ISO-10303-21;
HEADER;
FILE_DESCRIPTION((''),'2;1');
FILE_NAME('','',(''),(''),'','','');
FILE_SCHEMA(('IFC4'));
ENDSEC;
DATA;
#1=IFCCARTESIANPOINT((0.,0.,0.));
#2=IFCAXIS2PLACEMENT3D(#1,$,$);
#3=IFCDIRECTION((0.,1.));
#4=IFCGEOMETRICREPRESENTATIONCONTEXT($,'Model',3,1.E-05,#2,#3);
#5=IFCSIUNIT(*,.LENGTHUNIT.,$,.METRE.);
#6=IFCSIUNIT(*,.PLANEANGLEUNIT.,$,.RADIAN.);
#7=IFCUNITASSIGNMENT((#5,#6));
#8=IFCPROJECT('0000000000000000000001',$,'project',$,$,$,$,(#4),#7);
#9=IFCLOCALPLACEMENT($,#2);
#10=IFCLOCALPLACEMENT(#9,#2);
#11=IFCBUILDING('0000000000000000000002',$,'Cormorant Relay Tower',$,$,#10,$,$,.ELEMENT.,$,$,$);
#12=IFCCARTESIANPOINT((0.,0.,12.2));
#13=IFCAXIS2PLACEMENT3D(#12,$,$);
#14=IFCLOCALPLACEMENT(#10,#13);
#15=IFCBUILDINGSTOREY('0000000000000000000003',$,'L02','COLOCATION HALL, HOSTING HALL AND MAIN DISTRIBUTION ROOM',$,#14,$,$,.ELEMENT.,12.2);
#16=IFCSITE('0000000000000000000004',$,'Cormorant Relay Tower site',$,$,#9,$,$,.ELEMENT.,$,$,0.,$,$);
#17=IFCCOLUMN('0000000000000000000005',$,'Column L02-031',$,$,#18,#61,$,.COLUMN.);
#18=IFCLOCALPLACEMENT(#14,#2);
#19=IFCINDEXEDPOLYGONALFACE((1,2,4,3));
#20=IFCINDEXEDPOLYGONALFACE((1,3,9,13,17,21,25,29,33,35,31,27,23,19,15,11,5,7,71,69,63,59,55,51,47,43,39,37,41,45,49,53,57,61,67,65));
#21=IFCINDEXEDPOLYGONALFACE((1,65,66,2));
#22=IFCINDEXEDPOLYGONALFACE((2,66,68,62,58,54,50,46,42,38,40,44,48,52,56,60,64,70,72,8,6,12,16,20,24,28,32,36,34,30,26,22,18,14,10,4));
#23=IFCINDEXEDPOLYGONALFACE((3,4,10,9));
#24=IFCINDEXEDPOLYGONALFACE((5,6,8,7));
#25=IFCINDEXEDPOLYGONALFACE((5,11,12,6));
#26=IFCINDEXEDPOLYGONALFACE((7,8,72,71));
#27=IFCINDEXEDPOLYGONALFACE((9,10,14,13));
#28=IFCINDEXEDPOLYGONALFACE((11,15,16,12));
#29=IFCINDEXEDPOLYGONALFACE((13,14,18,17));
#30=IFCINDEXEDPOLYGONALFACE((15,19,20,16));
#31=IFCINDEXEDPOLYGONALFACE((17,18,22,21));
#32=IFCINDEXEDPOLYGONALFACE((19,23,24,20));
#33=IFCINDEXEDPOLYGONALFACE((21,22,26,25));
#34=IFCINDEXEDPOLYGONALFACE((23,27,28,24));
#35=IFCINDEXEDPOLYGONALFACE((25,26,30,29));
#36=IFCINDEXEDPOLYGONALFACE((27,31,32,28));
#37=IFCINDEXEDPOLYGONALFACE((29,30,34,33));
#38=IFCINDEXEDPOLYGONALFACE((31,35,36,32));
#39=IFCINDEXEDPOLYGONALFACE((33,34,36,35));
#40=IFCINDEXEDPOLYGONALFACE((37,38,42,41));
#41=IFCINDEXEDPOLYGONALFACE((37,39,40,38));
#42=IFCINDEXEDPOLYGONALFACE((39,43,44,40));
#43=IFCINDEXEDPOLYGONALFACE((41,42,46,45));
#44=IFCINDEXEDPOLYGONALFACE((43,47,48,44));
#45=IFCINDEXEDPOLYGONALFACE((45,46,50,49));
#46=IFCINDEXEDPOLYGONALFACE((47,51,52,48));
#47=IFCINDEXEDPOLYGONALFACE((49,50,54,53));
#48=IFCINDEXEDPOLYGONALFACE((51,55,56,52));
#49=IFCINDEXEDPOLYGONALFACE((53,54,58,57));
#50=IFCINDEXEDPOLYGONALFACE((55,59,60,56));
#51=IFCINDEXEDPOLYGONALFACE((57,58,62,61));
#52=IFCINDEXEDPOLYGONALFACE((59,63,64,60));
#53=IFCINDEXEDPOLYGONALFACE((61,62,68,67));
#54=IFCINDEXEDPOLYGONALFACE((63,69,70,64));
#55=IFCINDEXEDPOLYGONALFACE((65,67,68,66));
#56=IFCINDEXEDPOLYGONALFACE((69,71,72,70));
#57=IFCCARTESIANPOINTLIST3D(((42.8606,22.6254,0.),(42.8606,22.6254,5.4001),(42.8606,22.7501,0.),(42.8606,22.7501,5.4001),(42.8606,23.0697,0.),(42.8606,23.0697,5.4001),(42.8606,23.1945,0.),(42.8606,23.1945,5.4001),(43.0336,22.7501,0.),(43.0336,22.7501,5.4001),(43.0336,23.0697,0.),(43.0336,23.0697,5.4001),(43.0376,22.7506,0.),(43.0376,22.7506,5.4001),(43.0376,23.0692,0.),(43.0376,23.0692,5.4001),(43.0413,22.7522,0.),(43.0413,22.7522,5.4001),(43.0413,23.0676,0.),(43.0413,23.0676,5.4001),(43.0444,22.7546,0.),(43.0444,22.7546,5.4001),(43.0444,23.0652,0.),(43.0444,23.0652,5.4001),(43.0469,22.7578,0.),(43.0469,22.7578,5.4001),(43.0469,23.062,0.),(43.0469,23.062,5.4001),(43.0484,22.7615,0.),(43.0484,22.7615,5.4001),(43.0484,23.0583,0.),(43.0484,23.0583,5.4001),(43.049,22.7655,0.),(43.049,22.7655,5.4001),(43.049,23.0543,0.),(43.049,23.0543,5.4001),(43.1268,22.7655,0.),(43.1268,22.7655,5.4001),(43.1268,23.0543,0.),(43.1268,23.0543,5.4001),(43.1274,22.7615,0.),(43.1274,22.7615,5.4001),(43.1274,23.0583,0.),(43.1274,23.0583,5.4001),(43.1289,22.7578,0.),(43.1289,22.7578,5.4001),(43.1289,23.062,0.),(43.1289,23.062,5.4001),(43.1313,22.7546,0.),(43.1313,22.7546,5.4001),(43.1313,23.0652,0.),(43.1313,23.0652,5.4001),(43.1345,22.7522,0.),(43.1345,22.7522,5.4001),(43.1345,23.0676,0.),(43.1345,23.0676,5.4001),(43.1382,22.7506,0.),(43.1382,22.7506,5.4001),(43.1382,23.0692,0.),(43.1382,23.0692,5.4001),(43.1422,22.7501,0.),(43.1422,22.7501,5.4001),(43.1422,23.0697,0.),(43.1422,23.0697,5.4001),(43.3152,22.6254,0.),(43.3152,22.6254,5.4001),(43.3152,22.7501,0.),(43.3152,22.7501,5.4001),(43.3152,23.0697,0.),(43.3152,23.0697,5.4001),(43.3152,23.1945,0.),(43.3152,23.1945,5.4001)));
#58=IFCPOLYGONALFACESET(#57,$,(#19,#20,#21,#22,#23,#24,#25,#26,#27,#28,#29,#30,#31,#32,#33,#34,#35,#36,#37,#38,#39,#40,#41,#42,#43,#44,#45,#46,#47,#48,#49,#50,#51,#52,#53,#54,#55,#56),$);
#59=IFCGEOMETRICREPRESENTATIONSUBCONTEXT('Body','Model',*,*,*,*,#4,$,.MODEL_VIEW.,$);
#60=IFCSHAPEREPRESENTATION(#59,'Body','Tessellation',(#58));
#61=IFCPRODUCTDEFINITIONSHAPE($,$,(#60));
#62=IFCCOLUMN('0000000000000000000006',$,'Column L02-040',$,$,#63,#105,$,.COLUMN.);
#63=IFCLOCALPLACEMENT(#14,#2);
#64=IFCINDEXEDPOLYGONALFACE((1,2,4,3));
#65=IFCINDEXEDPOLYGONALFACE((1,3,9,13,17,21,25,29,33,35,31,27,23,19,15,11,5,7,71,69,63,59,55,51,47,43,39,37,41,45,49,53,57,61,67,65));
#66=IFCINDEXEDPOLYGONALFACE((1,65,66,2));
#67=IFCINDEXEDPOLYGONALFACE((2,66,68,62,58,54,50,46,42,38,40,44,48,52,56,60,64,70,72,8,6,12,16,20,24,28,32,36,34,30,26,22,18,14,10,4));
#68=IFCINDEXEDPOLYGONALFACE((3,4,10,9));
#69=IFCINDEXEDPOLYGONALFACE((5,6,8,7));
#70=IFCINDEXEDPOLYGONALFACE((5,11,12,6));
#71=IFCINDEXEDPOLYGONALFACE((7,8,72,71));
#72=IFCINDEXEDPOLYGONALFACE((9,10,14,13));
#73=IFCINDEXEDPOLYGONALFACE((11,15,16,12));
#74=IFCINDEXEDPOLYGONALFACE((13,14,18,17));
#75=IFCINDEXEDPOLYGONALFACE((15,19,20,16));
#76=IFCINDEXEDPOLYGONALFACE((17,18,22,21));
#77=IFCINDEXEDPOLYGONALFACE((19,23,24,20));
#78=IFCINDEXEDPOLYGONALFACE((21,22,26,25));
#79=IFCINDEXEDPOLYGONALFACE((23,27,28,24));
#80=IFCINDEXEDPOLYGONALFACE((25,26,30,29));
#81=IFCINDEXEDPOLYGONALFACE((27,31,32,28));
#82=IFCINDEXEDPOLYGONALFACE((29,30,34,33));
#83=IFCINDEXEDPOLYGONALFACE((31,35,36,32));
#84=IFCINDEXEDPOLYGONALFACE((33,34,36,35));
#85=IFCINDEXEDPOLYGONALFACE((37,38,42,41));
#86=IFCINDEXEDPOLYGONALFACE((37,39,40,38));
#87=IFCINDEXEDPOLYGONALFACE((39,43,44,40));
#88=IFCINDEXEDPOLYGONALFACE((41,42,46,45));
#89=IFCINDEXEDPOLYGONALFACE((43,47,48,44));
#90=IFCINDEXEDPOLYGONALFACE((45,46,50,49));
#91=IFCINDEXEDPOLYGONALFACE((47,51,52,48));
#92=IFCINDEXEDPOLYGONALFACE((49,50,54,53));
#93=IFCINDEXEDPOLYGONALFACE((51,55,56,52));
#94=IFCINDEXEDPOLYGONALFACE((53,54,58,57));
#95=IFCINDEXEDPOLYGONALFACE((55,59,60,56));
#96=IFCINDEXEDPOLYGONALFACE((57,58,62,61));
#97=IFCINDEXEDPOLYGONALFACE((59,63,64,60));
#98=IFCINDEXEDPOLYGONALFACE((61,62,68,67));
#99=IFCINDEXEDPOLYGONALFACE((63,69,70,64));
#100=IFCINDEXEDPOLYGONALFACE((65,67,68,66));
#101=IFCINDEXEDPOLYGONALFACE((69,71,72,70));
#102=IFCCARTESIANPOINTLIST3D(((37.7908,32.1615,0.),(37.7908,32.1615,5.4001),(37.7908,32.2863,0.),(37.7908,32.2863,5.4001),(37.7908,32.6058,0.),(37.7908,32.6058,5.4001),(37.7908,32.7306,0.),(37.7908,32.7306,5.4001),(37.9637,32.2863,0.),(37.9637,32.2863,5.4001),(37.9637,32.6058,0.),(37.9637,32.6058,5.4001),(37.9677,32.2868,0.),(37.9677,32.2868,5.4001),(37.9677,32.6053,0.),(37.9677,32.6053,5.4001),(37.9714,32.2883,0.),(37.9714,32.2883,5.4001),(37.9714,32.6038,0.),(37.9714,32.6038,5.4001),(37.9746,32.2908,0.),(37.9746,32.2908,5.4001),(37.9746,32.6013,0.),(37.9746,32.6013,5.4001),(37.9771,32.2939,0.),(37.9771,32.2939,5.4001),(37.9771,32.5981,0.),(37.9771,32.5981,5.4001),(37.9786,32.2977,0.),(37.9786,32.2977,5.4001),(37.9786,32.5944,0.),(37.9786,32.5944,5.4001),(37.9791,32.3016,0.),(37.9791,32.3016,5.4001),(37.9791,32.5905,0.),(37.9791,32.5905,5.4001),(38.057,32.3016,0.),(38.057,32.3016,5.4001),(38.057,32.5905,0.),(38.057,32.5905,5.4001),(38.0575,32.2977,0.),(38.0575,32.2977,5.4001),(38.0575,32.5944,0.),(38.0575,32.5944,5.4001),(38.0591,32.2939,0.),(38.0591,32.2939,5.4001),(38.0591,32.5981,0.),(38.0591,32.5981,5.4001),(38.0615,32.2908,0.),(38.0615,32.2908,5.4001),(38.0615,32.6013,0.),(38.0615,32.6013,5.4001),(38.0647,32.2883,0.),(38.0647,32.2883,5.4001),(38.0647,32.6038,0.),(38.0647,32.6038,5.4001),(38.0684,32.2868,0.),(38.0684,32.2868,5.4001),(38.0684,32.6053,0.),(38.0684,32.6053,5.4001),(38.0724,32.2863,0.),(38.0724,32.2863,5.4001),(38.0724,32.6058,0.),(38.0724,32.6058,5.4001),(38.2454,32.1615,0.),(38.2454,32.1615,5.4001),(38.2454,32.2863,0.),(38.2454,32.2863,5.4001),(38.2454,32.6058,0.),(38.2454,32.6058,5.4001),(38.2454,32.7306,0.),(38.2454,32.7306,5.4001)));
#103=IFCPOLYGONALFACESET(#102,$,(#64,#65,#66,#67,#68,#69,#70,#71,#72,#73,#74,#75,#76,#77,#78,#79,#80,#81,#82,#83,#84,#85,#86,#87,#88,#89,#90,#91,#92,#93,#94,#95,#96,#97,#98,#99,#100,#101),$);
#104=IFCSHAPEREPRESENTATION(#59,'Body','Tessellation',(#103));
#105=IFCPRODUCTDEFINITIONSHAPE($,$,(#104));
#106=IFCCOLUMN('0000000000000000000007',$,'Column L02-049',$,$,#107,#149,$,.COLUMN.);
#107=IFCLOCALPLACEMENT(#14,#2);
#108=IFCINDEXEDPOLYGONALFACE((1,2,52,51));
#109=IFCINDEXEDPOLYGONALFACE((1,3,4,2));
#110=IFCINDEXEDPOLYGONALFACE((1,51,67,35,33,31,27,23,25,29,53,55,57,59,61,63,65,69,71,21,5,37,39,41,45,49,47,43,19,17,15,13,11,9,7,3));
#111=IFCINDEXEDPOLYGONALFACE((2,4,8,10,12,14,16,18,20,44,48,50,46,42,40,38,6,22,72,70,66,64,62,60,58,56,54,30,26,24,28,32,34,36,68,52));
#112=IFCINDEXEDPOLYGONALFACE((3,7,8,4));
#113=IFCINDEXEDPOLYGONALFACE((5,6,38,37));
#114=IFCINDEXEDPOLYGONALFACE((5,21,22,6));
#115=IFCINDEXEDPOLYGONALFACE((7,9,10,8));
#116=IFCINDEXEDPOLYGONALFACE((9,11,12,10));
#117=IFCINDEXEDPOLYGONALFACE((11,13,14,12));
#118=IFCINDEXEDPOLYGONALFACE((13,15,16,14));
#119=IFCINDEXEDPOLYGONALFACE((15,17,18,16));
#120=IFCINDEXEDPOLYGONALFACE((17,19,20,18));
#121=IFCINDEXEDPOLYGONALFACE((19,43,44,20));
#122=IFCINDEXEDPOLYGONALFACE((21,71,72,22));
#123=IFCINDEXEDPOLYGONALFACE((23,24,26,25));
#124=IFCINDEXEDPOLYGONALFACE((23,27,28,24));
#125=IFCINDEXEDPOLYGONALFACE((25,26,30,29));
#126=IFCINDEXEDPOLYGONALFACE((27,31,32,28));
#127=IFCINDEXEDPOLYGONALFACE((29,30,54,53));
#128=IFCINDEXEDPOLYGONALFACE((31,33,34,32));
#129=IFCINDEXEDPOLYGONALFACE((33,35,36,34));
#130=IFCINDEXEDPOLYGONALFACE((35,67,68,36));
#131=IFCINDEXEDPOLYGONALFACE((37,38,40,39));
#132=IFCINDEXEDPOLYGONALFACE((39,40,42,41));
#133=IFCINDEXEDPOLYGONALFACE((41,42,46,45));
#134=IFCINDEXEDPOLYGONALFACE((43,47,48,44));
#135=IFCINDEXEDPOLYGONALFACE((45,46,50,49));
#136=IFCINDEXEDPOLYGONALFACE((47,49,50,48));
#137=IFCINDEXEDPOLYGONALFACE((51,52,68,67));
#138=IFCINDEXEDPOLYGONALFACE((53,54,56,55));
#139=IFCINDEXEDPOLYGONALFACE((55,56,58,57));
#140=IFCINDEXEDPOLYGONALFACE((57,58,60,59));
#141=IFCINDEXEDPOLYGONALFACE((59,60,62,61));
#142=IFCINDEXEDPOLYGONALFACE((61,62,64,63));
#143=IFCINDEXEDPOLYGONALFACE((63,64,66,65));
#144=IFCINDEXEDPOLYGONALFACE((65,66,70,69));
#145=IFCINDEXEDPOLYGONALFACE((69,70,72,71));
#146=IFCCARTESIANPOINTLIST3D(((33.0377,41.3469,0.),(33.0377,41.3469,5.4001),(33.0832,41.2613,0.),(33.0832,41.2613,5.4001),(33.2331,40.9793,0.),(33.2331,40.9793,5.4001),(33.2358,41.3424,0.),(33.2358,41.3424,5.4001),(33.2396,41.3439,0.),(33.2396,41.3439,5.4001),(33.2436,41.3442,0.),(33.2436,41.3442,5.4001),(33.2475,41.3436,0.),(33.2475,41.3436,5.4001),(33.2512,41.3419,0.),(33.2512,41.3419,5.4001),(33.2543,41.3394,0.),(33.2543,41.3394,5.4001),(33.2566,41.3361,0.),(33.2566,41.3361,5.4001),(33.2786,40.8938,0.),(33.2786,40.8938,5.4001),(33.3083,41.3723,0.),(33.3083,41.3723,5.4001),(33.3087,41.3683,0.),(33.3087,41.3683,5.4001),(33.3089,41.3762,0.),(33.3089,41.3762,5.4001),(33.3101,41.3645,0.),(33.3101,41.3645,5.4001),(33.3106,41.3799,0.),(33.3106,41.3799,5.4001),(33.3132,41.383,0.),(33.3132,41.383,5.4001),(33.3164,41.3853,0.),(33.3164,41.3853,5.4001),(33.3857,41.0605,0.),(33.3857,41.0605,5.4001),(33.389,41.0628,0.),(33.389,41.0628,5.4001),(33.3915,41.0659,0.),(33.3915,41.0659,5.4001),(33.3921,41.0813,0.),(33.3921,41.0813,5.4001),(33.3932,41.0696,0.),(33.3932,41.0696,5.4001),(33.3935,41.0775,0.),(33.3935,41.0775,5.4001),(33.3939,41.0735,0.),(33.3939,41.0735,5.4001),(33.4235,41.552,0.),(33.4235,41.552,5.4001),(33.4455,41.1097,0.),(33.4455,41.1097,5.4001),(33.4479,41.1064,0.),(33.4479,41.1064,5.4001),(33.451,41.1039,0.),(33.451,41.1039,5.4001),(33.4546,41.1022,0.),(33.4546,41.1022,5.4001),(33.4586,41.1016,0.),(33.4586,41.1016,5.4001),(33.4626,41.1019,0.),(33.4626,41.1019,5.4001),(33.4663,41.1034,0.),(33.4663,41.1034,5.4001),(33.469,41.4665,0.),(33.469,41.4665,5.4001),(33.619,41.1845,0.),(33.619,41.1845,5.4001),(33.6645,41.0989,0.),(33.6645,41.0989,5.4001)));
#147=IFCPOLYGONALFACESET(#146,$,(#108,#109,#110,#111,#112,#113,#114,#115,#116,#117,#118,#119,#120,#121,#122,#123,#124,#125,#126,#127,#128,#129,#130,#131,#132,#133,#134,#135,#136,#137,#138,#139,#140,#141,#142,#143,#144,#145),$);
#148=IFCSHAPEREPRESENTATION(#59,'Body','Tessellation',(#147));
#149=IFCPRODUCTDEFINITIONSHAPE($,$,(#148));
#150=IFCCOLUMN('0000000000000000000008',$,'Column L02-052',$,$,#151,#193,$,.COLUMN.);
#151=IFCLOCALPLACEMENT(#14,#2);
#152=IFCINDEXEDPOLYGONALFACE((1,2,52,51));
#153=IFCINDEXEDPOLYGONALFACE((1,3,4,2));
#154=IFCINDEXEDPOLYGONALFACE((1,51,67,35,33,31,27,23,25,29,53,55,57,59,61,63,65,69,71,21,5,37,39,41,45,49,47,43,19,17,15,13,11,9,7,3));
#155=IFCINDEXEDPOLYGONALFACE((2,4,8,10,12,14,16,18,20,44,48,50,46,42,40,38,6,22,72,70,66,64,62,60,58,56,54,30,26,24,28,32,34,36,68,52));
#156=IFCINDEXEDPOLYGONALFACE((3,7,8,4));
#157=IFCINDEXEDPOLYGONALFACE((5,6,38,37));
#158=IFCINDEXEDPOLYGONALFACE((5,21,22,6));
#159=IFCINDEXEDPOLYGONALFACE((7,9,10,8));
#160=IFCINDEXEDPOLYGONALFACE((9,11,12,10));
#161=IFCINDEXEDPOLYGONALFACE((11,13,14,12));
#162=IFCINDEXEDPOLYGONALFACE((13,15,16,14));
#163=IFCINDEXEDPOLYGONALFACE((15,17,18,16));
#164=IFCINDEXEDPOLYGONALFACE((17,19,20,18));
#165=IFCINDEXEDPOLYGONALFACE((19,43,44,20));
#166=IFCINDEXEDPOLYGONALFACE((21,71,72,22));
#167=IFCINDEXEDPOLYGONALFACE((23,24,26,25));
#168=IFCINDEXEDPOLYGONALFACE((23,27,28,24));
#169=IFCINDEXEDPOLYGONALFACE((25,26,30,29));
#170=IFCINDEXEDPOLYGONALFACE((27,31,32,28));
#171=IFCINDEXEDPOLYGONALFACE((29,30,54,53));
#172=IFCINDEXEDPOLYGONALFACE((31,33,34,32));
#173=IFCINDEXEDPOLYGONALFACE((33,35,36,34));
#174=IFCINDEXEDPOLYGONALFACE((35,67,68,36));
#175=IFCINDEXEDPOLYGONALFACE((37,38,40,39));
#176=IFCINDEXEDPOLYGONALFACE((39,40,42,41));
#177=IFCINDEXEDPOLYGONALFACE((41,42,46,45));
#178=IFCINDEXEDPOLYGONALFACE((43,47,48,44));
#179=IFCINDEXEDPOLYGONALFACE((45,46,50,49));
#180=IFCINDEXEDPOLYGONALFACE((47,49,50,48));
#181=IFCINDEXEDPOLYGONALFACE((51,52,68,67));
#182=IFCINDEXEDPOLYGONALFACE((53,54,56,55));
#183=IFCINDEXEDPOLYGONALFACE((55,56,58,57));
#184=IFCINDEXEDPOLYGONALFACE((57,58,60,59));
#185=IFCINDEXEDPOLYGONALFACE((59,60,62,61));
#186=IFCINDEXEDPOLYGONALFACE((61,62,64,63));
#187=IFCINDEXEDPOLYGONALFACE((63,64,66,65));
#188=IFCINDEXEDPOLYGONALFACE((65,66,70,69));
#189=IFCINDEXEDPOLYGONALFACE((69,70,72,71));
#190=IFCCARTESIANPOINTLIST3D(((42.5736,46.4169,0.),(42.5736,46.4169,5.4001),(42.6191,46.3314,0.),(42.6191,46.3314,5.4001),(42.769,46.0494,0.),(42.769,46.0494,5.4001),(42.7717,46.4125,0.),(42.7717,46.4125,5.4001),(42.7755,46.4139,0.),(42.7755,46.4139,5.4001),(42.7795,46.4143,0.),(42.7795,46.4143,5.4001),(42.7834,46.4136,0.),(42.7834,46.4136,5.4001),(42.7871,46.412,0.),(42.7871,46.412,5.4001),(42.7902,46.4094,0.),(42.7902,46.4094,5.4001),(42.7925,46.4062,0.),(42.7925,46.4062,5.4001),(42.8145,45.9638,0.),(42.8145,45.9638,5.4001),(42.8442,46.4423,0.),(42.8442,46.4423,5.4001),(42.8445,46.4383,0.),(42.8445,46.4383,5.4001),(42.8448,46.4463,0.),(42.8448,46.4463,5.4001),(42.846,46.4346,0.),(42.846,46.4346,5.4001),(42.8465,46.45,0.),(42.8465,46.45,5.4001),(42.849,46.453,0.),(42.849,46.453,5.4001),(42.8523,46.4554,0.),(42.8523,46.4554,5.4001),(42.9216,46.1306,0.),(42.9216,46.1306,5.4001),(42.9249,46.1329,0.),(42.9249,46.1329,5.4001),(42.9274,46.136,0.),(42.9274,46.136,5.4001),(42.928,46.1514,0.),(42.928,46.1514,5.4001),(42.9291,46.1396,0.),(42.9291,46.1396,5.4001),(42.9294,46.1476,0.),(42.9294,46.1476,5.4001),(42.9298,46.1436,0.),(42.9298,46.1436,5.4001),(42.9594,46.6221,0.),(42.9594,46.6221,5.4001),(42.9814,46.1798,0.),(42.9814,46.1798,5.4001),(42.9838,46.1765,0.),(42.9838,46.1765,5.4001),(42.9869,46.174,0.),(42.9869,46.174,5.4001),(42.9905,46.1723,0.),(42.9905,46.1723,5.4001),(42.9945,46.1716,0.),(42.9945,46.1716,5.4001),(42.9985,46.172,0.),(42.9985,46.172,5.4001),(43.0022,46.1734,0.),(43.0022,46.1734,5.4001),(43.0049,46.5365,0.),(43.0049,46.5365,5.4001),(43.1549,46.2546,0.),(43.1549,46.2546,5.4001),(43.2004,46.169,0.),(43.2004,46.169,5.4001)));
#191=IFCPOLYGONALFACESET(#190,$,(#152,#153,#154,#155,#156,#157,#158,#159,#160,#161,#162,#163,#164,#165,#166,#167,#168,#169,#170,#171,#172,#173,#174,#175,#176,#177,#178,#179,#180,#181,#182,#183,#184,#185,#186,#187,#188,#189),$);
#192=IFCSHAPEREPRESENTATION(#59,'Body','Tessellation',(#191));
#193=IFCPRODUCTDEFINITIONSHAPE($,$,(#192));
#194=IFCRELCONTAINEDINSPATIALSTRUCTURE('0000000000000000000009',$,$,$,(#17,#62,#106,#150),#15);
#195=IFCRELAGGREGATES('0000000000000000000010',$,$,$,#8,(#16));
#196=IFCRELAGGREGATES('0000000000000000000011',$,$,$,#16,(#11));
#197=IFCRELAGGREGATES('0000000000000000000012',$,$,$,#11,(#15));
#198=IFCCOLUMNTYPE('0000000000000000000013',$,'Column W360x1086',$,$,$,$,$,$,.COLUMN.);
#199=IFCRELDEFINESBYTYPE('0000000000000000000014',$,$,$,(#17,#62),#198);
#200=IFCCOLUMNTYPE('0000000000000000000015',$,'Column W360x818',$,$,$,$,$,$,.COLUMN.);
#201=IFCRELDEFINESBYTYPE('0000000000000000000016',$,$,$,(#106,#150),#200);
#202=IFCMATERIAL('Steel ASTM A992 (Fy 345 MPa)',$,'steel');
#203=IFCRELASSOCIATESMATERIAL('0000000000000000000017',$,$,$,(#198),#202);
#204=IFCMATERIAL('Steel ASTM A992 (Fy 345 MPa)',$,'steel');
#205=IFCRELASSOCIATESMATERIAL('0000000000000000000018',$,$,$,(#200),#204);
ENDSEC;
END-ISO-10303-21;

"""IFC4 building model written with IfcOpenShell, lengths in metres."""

from ifc_helpers import new_model, si_unit, direction, frame, origin, origin_2d, place, context, subcontext, project, spatial, i_section, extrude, material, material_profile, profile_set, type_object, element, save


model = new_model("IFC4")

# Units and contexts
model_context = context("Model", 3, precision=1e-05, world=origin(), true_north=direction((0.0, 1.0)))
body_context = subcontext(model_context, "Body", "Model", "MODEL_VIEW")
ifc_project = project(units=[si_unit("LENGTHUNIT", "METRE"), si_unit("PLANEANGLEUNIT", "RADIAN")], contexts=[model_context])

# Site, building, storey
site_placement = place(None, origin())
site = spatial("IfcSite", under=ifc_project, at=site_placement, Name="Cormorant Relay Tower site", CompositionType="ELEMENT", RefElevation=0.0)
building_placement = place(site_placement, origin())
building = spatial("IfcBuilding", under=site, at=building_placement, Name="Cormorant Relay Tower", CompositionType="ELEMENT")
storey_placement = place(building_placement, frame((0.0, 0.0, 12.2)))
storey = spatial("IfcBuildingStorey", under=building, at=storey_placement, Name="L02", Description="COLOCATION HALL, HOSTING HALL AND MAIN DISTRIBUTION ROOM", CompositionType="ELEMENT", Elevation=12.2)

# Columns
ifc_material_1 = material(Name="Steel ASTM A992 (Fy 345 MPa)", Category="steel")
ifc_material_profile_1 = material_profile(ifc_material_1, i_section(OverallWidth=0.4546, OverallDepth=0.5691, WebThickness=0.0779, FlangeThickness=0.1248, FilletRadius=0.0154, at=origin_2d()), Name="W360x1086")
ifc_profile_set_1 = profile_set([ifc_material_profile_1], Name="Steel ASTM A992 (Fy 345 MPa)")
column_type_1 = type_object("IfcColumnType", Name="Column W360x1086", PredefinedType="COLUMN", material=ifc_profile_set_1)
for number, where, z_axis, x_axis, name in (
    (1, (43.0879, 22.9099, 0.0), (0.0, 0.0, 1.0), (1.0, 0.0, 0.0), "Column L02-031"),
    (2, (38.0181, 32.446, 0.0), (0.0, 0.0, 1.0), (1.0, 0.0, 0.0), "Column L02-040"),
):
    element("IfcColumn", number, at=place(storey_placement, frame(where, z_axis=z_axis, x_axis=x_axis)), inside=storey, type_object=column_type_1, Name=name, PredefinedType="COLUMN", context=body_context, shape_type="SweptSolid", body=[
        extrude(i_section(OverallWidth=0.4546, OverallDepth=0.5691, WebThickness=0.0779, FlangeThickness=0.1248, FilletRadius=0.0154, at=origin_2d()), origin(), (0.0, 0.0, 1.0), 5.4001),
    ])
ifc_material_2 = material(Name="Steel ASTM A992 (Fy 345 MPa)", Category="steel")
ifc_material_profile_2 = material_profile(ifc_material_2, i_section(OverallWidth=0.437, OverallDepth=0.5132, WebThickness=0.0605, FlangeThickness=0.0969, FilletRadius=0.0154, at=origin_2d()), Name="W360x818")
ifc_profile_set_2 = profile_set([ifc_material_profile_2], Name="Steel ASTM A992 (Fy 345 MPa)")
column_type_2 = type_object("IfcColumnType", Name="Column W360x818", PredefinedType="COLUMN", material=ifc_profile_set_2)
for number, where, z_axis, x_axis, name in (
    (3, (33.3511, 41.2229, 0.0), (0.0, 0.0, 1.0), (-0.882948, -0.469472, 0.0), "Column L02-049"),
    (4, (42.887, 46.293, 0.0), (0.0, 0.0, 1.0), (-0.882948, -0.469472, 0.0), "Column L02-052"),
):
    element("IfcColumn", number, at=place(storey_placement, frame(where, z_axis=z_axis, x_axis=x_axis)), inside=storey, type_object=column_type_2, Name=name, PredefinedType="COLUMN", context=body_context, shape_type="SweptSolid", body=[
        extrude(i_section(OverallWidth=0.437, OverallDepth=0.5132, WebThickness=0.0605, FlangeThickness=0.0969, FilletRadius=0.0154, at=origin_2d()), origin(), (0.0, 0.0, 1.0), 5.4001),
    ])

save(model, "model.ifc")
